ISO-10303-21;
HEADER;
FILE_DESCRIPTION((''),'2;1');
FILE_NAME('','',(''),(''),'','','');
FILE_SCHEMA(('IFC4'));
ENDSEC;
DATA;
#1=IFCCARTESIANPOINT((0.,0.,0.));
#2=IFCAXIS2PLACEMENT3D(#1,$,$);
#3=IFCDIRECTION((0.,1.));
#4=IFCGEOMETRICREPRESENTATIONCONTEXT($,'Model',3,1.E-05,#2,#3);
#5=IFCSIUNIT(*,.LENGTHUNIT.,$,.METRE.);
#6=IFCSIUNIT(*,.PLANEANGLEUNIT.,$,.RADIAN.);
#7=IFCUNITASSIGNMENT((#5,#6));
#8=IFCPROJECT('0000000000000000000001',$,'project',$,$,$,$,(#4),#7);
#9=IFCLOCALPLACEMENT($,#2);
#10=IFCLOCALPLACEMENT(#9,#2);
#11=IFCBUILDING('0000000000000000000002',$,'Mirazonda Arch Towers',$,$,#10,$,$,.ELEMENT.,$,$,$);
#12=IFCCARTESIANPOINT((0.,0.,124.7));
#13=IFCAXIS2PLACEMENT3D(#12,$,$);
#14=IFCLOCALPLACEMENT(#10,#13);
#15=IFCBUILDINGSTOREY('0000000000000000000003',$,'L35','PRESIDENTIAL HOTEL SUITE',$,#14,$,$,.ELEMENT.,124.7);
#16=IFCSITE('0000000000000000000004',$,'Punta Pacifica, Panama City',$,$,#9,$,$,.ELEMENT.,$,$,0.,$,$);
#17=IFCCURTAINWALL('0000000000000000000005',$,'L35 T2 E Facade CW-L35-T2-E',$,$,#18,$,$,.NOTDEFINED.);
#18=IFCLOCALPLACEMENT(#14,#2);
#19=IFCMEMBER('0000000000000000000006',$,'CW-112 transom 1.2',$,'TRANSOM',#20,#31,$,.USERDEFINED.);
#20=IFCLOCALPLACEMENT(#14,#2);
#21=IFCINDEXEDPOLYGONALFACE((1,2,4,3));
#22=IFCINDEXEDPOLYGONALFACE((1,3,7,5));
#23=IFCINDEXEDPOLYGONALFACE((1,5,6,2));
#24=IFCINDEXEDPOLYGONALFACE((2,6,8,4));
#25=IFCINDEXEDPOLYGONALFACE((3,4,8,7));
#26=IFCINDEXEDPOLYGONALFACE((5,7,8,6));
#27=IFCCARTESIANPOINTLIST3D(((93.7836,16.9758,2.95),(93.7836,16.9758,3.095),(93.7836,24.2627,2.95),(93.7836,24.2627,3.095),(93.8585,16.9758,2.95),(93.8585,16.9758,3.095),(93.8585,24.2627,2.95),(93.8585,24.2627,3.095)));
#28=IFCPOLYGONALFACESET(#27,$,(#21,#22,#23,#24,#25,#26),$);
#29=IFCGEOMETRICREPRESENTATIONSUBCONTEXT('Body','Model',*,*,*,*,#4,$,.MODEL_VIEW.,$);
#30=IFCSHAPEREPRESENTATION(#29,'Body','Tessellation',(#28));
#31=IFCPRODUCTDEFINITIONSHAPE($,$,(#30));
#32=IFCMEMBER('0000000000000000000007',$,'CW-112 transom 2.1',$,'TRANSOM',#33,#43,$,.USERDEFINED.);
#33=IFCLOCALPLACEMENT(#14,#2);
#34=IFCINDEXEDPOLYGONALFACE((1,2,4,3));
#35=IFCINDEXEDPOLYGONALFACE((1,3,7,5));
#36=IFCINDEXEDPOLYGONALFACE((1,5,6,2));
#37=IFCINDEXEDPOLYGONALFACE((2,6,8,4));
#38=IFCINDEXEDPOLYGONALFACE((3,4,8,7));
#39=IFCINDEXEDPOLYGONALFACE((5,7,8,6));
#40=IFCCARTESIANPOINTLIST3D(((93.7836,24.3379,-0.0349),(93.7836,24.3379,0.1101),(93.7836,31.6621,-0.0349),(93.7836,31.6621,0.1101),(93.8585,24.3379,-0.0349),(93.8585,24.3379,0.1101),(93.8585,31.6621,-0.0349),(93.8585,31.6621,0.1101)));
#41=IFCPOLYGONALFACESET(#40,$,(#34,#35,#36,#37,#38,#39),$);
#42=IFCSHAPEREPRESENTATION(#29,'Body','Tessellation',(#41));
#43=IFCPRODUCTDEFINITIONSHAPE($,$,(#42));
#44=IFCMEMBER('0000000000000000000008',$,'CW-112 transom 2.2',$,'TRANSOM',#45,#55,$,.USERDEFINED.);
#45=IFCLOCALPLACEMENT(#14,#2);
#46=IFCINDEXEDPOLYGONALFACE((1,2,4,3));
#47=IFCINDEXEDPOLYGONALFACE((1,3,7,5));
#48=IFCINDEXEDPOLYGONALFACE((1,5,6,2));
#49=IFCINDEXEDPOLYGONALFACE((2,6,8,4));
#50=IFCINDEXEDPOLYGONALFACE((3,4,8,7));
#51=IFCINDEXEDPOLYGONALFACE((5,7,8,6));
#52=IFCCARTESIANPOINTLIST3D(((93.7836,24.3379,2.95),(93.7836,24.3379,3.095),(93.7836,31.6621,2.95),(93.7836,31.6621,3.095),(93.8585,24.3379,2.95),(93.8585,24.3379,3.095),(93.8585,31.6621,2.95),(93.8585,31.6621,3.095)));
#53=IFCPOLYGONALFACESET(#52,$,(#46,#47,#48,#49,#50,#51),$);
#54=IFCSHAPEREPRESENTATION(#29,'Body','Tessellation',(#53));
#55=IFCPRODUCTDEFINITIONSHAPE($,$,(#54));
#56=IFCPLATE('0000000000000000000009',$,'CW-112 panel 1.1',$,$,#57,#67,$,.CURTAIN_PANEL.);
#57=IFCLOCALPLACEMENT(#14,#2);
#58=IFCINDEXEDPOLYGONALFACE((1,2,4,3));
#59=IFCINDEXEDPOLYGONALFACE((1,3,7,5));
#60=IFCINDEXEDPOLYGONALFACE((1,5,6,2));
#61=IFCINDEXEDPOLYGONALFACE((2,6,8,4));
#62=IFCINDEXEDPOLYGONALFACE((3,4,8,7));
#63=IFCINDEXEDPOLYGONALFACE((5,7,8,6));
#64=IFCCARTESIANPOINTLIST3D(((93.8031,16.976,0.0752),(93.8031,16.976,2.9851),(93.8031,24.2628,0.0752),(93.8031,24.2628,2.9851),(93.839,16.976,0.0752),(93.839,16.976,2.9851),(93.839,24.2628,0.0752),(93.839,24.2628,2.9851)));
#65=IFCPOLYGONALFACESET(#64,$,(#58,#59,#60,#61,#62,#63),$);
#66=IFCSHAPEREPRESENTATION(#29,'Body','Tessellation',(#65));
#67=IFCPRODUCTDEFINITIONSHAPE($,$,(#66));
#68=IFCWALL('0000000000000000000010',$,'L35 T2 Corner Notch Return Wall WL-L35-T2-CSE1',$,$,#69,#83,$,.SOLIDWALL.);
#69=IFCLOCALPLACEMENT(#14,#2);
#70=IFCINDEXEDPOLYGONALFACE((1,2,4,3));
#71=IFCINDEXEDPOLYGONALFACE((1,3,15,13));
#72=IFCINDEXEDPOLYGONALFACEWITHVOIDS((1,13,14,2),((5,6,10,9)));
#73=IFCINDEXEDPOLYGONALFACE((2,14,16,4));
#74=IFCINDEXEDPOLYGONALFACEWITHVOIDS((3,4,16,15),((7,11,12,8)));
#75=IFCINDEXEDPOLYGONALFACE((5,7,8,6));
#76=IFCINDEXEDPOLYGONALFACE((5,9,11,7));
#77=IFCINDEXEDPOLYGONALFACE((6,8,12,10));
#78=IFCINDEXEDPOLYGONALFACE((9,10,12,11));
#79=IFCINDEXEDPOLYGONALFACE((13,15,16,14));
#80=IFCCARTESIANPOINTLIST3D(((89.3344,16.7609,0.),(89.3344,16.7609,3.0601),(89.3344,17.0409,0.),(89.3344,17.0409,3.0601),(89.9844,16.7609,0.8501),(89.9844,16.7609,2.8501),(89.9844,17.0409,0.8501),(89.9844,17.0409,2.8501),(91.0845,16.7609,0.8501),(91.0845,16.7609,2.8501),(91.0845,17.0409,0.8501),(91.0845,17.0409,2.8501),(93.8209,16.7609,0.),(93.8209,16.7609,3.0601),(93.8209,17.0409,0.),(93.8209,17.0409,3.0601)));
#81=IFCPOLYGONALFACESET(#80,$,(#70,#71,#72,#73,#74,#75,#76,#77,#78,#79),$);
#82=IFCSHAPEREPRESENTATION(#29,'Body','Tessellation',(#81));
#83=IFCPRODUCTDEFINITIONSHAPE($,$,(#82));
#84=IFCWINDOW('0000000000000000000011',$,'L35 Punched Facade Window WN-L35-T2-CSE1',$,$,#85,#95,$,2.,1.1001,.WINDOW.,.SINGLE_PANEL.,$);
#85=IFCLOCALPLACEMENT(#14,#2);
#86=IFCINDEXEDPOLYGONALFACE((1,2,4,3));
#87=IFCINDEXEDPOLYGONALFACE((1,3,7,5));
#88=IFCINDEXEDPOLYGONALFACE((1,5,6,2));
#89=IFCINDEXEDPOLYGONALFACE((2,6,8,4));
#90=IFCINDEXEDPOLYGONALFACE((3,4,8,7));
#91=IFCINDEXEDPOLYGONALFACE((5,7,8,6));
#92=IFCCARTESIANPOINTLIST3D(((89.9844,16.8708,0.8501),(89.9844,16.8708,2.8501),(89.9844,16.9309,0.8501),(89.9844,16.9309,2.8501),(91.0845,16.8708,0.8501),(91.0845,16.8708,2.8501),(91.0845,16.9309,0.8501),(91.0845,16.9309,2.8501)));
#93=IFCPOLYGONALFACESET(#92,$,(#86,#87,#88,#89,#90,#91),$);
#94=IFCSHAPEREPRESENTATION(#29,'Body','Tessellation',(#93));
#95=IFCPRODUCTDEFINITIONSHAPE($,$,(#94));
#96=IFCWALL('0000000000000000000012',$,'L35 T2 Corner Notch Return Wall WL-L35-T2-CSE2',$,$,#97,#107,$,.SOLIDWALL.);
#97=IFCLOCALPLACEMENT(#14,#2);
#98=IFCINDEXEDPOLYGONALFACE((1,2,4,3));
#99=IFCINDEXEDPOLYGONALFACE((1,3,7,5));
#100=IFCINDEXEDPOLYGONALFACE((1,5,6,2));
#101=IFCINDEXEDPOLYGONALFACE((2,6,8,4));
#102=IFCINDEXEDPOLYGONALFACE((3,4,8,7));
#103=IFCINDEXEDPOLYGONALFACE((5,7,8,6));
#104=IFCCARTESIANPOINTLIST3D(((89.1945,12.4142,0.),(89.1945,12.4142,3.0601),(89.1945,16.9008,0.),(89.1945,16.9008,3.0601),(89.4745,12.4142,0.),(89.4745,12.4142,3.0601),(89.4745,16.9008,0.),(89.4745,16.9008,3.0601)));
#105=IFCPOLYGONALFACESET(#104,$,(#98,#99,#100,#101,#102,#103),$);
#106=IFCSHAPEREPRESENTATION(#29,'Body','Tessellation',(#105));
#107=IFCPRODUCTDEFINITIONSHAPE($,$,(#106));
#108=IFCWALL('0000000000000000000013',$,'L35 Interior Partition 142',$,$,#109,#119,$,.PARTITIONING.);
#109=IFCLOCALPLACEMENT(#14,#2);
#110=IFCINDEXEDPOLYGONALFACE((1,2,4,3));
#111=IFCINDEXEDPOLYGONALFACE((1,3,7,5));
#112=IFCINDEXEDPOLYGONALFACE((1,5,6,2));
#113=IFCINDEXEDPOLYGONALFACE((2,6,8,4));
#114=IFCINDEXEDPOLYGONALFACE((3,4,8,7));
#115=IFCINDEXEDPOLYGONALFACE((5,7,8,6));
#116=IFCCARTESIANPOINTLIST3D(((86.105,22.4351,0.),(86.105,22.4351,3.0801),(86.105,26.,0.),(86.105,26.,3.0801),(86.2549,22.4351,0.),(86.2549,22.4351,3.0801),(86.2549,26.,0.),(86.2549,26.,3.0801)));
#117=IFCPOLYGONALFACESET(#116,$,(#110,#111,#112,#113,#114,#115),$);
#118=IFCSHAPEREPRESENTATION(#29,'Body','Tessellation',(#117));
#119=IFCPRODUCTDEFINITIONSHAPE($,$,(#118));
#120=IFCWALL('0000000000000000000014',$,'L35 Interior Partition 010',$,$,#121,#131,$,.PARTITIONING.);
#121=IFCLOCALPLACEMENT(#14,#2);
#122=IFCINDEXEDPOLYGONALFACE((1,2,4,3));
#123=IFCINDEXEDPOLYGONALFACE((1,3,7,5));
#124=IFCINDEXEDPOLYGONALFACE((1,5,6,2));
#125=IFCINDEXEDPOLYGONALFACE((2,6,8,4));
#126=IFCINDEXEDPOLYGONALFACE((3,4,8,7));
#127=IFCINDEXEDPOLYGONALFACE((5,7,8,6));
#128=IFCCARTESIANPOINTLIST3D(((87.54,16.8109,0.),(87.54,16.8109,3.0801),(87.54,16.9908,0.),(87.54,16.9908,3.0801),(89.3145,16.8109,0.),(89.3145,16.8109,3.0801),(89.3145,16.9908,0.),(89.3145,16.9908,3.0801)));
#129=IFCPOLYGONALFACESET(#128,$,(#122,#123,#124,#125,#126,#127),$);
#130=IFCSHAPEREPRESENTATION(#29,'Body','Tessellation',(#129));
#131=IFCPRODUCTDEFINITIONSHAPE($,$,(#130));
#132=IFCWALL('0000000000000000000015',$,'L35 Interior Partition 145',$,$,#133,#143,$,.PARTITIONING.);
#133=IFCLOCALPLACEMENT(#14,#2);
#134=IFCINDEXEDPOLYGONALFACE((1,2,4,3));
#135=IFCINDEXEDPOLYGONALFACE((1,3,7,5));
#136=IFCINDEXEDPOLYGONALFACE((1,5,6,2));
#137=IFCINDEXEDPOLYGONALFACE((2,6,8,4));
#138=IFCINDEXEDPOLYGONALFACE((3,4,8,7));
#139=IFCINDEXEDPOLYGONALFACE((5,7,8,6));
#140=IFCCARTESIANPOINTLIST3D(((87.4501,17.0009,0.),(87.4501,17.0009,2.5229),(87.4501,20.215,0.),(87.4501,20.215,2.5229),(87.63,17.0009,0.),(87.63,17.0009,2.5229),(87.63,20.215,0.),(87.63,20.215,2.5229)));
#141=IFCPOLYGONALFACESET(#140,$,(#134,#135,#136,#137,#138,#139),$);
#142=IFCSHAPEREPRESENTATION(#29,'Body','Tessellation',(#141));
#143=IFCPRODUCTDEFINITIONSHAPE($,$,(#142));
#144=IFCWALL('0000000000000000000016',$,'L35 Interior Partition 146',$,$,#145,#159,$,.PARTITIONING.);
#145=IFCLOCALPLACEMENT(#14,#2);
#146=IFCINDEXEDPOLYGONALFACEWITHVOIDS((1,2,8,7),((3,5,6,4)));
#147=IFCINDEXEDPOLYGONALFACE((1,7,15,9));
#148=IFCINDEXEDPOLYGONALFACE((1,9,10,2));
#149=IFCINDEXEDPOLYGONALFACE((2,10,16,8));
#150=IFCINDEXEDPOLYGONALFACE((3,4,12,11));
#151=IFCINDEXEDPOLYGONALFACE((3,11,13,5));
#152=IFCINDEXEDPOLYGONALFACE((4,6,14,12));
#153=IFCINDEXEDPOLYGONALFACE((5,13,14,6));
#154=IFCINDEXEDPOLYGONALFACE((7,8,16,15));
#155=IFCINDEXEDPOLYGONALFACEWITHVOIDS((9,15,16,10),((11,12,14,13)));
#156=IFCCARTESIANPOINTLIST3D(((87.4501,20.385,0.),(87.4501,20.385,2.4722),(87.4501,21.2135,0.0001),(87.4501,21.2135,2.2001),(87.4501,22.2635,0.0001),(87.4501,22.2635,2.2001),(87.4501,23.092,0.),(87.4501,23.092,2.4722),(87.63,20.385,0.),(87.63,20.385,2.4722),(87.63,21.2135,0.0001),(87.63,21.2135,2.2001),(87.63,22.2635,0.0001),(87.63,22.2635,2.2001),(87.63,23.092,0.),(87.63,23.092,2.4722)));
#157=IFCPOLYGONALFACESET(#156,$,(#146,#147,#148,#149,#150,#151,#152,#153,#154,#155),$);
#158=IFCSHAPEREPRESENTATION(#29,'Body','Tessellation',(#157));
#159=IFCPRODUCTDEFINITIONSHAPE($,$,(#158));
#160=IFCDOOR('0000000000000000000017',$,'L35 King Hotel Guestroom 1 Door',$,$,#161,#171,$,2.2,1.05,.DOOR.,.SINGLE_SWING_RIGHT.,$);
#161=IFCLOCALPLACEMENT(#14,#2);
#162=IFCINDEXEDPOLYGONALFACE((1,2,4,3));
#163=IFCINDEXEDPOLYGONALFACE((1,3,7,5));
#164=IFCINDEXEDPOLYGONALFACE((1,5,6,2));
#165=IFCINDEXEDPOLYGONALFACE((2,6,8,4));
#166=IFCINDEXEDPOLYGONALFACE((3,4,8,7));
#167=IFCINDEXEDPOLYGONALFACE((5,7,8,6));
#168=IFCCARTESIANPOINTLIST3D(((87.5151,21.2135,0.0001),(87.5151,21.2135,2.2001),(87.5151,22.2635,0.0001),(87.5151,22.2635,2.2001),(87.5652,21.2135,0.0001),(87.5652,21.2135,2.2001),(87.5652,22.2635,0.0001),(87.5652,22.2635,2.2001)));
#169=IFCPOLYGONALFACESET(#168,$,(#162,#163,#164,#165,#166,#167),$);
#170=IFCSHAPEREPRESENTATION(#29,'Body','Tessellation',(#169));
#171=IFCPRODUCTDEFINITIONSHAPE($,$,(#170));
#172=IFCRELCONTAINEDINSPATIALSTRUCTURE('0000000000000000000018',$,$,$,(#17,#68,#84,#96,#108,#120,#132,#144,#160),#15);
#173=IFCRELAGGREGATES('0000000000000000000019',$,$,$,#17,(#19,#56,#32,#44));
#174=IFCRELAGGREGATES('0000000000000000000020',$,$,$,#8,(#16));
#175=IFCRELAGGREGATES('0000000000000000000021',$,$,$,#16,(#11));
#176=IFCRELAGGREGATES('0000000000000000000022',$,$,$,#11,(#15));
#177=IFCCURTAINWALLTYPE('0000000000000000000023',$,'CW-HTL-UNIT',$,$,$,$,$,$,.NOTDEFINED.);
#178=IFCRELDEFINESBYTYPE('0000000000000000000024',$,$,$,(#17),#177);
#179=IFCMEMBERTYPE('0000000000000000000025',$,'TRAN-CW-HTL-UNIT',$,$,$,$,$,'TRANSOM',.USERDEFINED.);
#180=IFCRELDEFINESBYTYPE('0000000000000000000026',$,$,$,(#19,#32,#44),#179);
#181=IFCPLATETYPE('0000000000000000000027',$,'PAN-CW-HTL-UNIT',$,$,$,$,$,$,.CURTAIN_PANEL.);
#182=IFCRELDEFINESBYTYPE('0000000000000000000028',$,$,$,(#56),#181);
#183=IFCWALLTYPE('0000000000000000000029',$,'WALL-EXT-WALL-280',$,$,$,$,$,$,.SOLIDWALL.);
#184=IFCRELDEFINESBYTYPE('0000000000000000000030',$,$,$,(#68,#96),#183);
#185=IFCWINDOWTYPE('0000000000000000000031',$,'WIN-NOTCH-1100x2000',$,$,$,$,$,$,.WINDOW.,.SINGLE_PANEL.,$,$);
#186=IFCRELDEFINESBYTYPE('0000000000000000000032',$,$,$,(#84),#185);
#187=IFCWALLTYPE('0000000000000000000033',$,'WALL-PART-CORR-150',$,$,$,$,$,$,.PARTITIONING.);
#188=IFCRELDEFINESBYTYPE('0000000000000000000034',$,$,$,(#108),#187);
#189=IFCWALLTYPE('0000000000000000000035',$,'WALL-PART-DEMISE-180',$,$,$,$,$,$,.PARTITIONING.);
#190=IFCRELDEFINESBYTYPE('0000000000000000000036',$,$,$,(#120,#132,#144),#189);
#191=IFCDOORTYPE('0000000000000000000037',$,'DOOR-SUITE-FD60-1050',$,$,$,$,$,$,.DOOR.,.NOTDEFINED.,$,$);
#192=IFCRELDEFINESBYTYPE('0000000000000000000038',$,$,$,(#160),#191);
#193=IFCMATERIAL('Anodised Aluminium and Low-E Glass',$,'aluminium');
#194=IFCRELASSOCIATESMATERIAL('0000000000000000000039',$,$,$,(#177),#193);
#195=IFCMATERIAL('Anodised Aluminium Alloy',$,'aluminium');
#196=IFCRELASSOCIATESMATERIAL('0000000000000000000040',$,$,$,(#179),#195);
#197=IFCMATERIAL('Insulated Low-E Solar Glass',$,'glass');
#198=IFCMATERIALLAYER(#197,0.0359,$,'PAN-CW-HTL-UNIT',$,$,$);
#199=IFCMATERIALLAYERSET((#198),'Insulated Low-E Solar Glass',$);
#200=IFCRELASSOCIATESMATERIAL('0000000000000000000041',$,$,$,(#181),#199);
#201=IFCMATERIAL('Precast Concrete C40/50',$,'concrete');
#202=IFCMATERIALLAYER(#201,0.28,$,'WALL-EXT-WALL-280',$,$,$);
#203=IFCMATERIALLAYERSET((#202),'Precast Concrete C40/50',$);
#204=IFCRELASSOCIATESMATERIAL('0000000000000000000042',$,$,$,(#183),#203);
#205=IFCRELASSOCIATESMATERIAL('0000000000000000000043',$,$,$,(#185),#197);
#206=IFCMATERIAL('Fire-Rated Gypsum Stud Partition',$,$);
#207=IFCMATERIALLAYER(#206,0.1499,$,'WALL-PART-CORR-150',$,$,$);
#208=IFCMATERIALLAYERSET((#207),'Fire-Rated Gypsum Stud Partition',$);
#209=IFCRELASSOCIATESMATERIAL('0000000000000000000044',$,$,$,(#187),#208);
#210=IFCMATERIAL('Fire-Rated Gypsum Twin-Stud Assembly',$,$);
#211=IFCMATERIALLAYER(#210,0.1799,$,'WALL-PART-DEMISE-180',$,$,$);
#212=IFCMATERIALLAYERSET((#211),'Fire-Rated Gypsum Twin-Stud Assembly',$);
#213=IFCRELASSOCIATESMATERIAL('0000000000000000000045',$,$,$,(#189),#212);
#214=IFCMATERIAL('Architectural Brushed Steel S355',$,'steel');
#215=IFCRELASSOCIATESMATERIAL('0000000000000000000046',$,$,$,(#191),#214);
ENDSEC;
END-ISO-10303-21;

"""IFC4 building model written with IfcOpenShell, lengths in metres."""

from ifc_helpers import new_model, si_unit, direction, frame, frame_2d, origin, origin_2d, place, context, subcontext, project, spatial, rectangle, extrude, material, layer, layer_set, material_profile, profile_set, type_object, element, fill, aggregate, save


model = new_model("IFC4")

# Units and contexts
model_context = context("Model", 3, precision=1e-05, world=origin(), true_north=direction((0.0, 1.0)))
body_context = subcontext(model_context, "Body", "Model", "MODEL_VIEW")
ifc_project = project(units=[si_unit("LENGTHUNIT", "METRE"), si_unit("PLANEANGLEUNIT", "RADIAN")], contexts=[model_context])

# Site, building, storey
site_placement = place(None, origin())
site = spatial("IfcSite", under=ifc_project, at=site_placement, Name="Punta Pacifica, Panama City", CompositionType="ELEMENT", RefElevation=0.0)
building_placement = place(site_placement, origin())
building = spatial("IfcBuilding", under=site, at=building_placement, Name="Mirazonda Arch Towers", CompositionType="ELEMENT")
storey_placement = place(building_placement, frame((0.0, 0.0, 124.7)))
storey = spatial("IfcBuildingStorey", under=building, at=storey_placement, Name="L35", Description="PRESIDENTIAL HOTEL SUITE", CompositionType="ELEMENT", Elevation=124.7)

# Shared definitions
ifc_material_1 = material(Name="Anodised Aluminium and Low-E Glass", Category="aluminium")
curtain_wall_type = type_object("IfcCurtainWallType", Name="CW-HTL-UNIT", PredefinedType="NOTDEFINED", material=ifc_material_1)
ifc_material_2 = material(Name="Anodised Aluminium Alloy", Category="aluminium")

# Curtain wall
curtain_wall_1_placement = place(storey_placement, origin())
curtain_wall_1 = element("IfcCurtainWall", 1, at=curtain_wall_1_placement, inside=storey, type_object=curtain_wall_type, Name="L35 T2 E Facade CW-L35-T2-E", PredefinedType="NOTDEFINED")

# Members
ifc_material_profile_1 = material_profile(ifc_material_2, rectangle(XDim=0.075, YDim=0.145, at=origin_2d()), Name="ALU-TRAN-75x145")
ifc_profile_set_1 = profile_set([ifc_material_profile_1], Name="Anodised Aluminium Alloy")
member_type_1 = type_object("IfcMemberType", Name="TRAN-CW-HTL-UNIT", ElementType="TRANSOM", PredefinedType="USERDEFINED", material=ifc_profile_set_1)
member_1_placement = place(storey_placement, frame((93.821, 16.9758, 3.0225), z_axis=(0.0, 1.0, 0.0), x_axis=(-1.0, 0.0, 0.0)))
member_1 = element("IfcMember", 2, at=member_1_placement, type_object=member_type_1, Name="CW-112 transom 1.2", ObjectType="TRANSOM", PredefinedType="USERDEFINED", context=body_context, shape_type="SweptSolid", body=[
    extrude(rectangle(XDim=0.075, YDim=0.145, at=origin_2d()), origin(), (0.0, 0.0, 1.0), 7.2869),
])
member_2_placement = place(storey_placement, frame((93.821, 24.3379, 0.0376), z_axis=(0.0, 1.0, 0.0), x_axis=(-1.0, 0.0, 0.0)))
member_2 = element("IfcMember", 3, at=member_2_placement, type_object=member_type_1, Name="CW-112 transom 2.1", ObjectType="TRANSOM", PredefinedType="USERDEFINED", context=body_context, shape_type="SweptSolid", body=[
    extrude(rectangle(XDim=0.075, YDim=0.145, at=origin_2d()), origin(), (0.0, 0.0, 1.0), 7.3242),
])
member_3_placement = place(storey_placement, frame((93.821, 24.3379, 3.0225), z_axis=(0.0, 1.0, 0.0), x_axis=(-1.0, 0.0, 0.0)))
member_3 = element("IfcMember", 4, at=member_3_placement, type_object=member_type_1, Name="CW-112 transom 2.2", ObjectType="TRANSOM", PredefinedType="USERDEFINED", context=body_context, shape_type="SweptSolid", body=[
    extrude(rectangle(XDim=0.075, YDim=0.145, at=origin_2d()), origin(), (0.0, 0.0, 1.0), 7.3242),
])

# Plate
ifc_material_3 = material(Name="Insulated Low-E Solar Glass", Category="glass")
ifc_layer_1 = layer(ifc_material_3, 0.0359, Name="PAN-CW-HTL-UNIT")
ifc_layer_set_1 = layer_set([ifc_layer_1], Name="Insulated Low-E Solar Glass")
plate_type = type_object("IfcPlateType", Name="PAN-CW-HTL-UNIT", PredefinedType="CURTAIN_PANEL", material=ifc_layer_set_1)
plate_placement = place(storey_placement, frame((93.821, 20.6194, 0.0752), z_axis=(0.0, 0.0, 1.0), x_axis=(0.0, 1.0, 0.0)))
plate = element("IfcPlate", 5, at=plate_placement, type_object=plate_type, Name="CW-112 panel 1.1", PredefinedType="CURTAIN_PANEL", context=body_context, shape_type="SweptSolid", body=[
    extrude(rectangle(XDim=7.2869, YDim=0.0359, at=origin_2d()), origin(), (0.0, 0.0, 1.0), 2.9099),
])
aggregate(curtain_wall_1, [member_1, plate, member_2, member_3])

# Wall, opening, window
ifc_material_4 = material(Name="Precast Concrete C40/50", Category="concrete")
ifc_layer_2 = layer(ifc_material_4, 0.28, Name="WALL-EXT-WALL-280")
ifc_layer_set_2 = layer_set([ifc_layer_2], Name="Precast Concrete C40/50")
wall_type_1 = type_object("IfcWallType", Name="WALL-EXT-WALL-280", PredefinedType="SOLIDWALL", material=ifc_layer_set_2)
wall_1_placement = place(storey_placement, frame((89.3345, 16.9009, 0.0), z_axis=(0.0, 0.0, 1.0), x_axis=(1.0, 0.0, 0.0)))
wall_1 = element("IfcWall", 6, at=wall_1_placement, inside=storey, type_object=wall_type_1, Name="L35 T2 Corner Notch Return Wall WL-L35-T2-CSE1", PredefinedType="SOLIDWALL", context=body_context, shape_type="SweptSolid", body=[
    extrude(rectangle(XDim=4.4866, YDim=0.28, at=frame_2d((2.2432, 0.0))), origin(), (0.0, 0.0, 1.0), 3.0601),
])
opening_1_placement = place(wall_1_placement, frame((0.6499, 0.0, 0.8501)))
opening_1 = element("IfcOpeningElement", 7, at=opening_1_placement, cuts=wall_1, PredefinedType="OPENING", context=body_context, shape_type="SweptSolid", body=[
    extrude(rectangle(XDim=1.1001, YDim=2.0, at=frame_2d((0.55, 1.0))), frame((0.0, 0.1499, 0.0), z_axis=(0.0, -1.0, 0.0), x_axis=(1.0, 0.0, 0.0)), (0.0, 0.0, 1.0), 0.3),
])
window_type = type_object("IfcWindowType", Name="WIN-NOTCH-1100x2000", PartitioningType="SINGLE_PANEL", PredefinedType="WINDOW", material=ifc_material_3)
window_placement = place(opening_1_placement, origin())
window = element("IfcWindow", 8, at=window_placement, inside=storey, type_object=window_type, Name="L35 Punched Facade Window WN-L35-T2-CSE1", OverallHeight=2.0, OverallWidth=1.1001, PartitioningType="SINGLE_PANEL", PredefinedType="WINDOW", context=body_context, shape_type="SweptSolid", body=[
    extrude(rectangle(XDim=1.1001, YDim=2.0, at=frame_2d((0.55, 1.0))), frame((0.0, 0.03, 0.0), z_axis=(0.0, -1.0, 0.0), x_axis=(1.0, 0.0, 0.0)), (0.0, 0.0, 1.0), 0.0601),
])
fill(opening_1, window)

# Walls
wall_2_placement = place(storey_placement, frame((89.3345, 12.4143, 0.0), z_axis=(0.0, 0.0, 1.0), x_axis=(0.0, 1.0, 0.0)))
element("IfcWall", 9, at=wall_2_placement, inside=storey, type_object=wall_type_1, Name="L35 T2 Corner Notch Return Wall WL-L35-T2-CSE2", PredefinedType="SOLIDWALL", context=body_context, shape_type="SweptSolid", body=[
    extrude(rectangle(XDim=4.4866, YDim=0.28, at=frame_2d((2.2432, 0.0))), origin(), (0.0, 0.0, 1.0), 3.0601),
])
ifc_material_5 = material(Name="Fire-Rated Gypsum Stud Partition")
ifc_layer_3 = layer(ifc_material_5, 0.1499, Name="WALL-PART-CORR-150")
ifc_layer_set_3 = layer_set([ifc_layer_3], Name="Fire-Rated Gypsum Stud Partition")
wall_type_2 = type_object("IfcWallType", Name="WALL-PART-CORR-150", PredefinedType="PARTITIONING", material=ifc_layer_set_3)
wall_3_placement = place(storey_placement, frame((86.1799, 22.4351, 0.0), z_axis=(0.0, 0.0, 1.0), x_axis=(0.0, 1.0, 0.0)))
element("IfcWall", 10, at=wall_3_placement, inside=storey, type_object=wall_type_2, Name="L35 Interior Partition 142", PredefinedType="PARTITIONING", context=body_context, shape_type="SweptSolid", body=[
    extrude(rectangle(XDim=3.5649, YDim=0.1499, at=frame_2d((1.7825, 0.0))), origin(), (0.0, 0.0, 1.0), 3.0801),
])
ifc_material_6 = material(Name="Fire-Rated Gypsum Twin-Stud Assembly")
ifc_layer_4 = layer(ifc_material_6, 0.1799, Name="WALL-PART-DEMISE-180")
ifc_layer_set_4 = layer_set([ifc_layer_4], Name="Fire-Rated Gypsum Twin-Stud Assembly")
wall_type_3 = type_object("IfcWallType", Name="WALL-PART-DEMISE-180", PredefinedType="PARTITIONING", material=ifc_layer_set_4)
wall_4_placement = place(storey_placement, frame((87.54, 16.9009, 0.0), z_axis=(0.0, 0.0, 1.0), x_axis=(1.0, 0.0, 0.0)))
element("IfcWall", 11, at=wall_4_placement, inside=storey, type_object=wall_type_3, Name="L35 Interior Partition 010", PredefinedType="PARTITIONING", context=body_context, shape_type="SweptSolid", body=[
    extrude(rectangle(XDim=1.7744, YDim=0.1799, at=frame_2d((0.8872, 0.0))), origin(), (0.0, 0.0, 1.0), 3.0801),
])

# Shared definitions
ifc_material_7 = material(Name="Architectural Brushed Steel S355", Category="steel")

# Wall
wall_5_placement = place(storey_placement, frame((87.54, 17.001, 0.0), z_axis=(0.0, 0.0, 1.0), x_axis=(0.0, 1.0, 0.0)))
element("IfcWall", 12, at=wall_5_placement, inside=storey, type_object=wall_type_3, Name="L35 Interior Partition 145", PredefinedType="PARTITIONING", context=body_context, shape_type="SweptSolid", body=[
    extrude(rectangle(XDim=3.2141, YDim=0.1799, at=frame_2d((1.6069, 0.0))), origin(), (0.0, 0.0, 1.0), 2.5229),
])

# Wall, opening, door
wall_6_placement = place(storey_placement, frame((87.54, 20.385, 0.0), z_axis=(0.0, 0.0, 1.0), x_axis=(0.0, 1.0, 0.0)))
wall_6 = element("IfcWall", 13, at=wall_6_placement, inside=storey, type_object=wall_type_3, Name="L35 Interior Partition 146", PredefinedType="PARTITIONING", context=body_context, shape_type="SweptSolid", body=[
    extrude(rectangle(XDim=2.707, YDim=0.1799, at=frame_2d((1.3535, 0.0))), origin(), (0.0, 0.0, 1.0), 2.4722),
])
opening_2_placement = place(wall_6_placement, frame((0.8286, 0.0, 0.0)))
opening_2 = element("IfcOpeningElement", 14, at=opening_2_placement, cuts=wall_6, PredefinedType="OPENING", context=body_context, shape_type="SweptSolid", body=[
    extrude(rectangle(XDim=1.05, YDim=2.2, at=frame_2d((0.5249, 1.1001))), frame((0.0, 0.0999, 0.0), z_axis=(0.0, -1.0, 0.0), x_axis=(1.0, 0.0, 0.0)), (0.0, 0.0, 1.0), 0.2),
])
door_type_1 = type_object("IfcDoorType", Name="DOOR-SUITE-FD60-1050", OperationType="NOTDEFINED", PredefinedType="DOOR", material=ifc_material_7)
door_1_placement = place(opening_2_placement, origin())
door_1 = element("IfcDoor", 15, at=door_1_placement, inside=storey, type_object=door_type_1, Name="L35 King Hotel Guestroom 1 Door", OperationType="SINGLE_SWING_RIGHT", OverallHeight=2.2, OverallWidth=1.05, PredefinedType="DOOR", context=body_context, shape_type="SweptSolid", body=[
    extrude(rectangle(XDim=1.05, YDim=2.2, at=frame_2d((0.5249, 1.1001))), frame((0.0, 0.0249, 0.0), z_axis=(0.0, -1.0, 0.0), x_axis=(1.0, 0.0, 0.0)), (0.0, 0.0, 1.0), 0.05),
])
fill(opening_2, door_1)

save(model, "model.ifc")
